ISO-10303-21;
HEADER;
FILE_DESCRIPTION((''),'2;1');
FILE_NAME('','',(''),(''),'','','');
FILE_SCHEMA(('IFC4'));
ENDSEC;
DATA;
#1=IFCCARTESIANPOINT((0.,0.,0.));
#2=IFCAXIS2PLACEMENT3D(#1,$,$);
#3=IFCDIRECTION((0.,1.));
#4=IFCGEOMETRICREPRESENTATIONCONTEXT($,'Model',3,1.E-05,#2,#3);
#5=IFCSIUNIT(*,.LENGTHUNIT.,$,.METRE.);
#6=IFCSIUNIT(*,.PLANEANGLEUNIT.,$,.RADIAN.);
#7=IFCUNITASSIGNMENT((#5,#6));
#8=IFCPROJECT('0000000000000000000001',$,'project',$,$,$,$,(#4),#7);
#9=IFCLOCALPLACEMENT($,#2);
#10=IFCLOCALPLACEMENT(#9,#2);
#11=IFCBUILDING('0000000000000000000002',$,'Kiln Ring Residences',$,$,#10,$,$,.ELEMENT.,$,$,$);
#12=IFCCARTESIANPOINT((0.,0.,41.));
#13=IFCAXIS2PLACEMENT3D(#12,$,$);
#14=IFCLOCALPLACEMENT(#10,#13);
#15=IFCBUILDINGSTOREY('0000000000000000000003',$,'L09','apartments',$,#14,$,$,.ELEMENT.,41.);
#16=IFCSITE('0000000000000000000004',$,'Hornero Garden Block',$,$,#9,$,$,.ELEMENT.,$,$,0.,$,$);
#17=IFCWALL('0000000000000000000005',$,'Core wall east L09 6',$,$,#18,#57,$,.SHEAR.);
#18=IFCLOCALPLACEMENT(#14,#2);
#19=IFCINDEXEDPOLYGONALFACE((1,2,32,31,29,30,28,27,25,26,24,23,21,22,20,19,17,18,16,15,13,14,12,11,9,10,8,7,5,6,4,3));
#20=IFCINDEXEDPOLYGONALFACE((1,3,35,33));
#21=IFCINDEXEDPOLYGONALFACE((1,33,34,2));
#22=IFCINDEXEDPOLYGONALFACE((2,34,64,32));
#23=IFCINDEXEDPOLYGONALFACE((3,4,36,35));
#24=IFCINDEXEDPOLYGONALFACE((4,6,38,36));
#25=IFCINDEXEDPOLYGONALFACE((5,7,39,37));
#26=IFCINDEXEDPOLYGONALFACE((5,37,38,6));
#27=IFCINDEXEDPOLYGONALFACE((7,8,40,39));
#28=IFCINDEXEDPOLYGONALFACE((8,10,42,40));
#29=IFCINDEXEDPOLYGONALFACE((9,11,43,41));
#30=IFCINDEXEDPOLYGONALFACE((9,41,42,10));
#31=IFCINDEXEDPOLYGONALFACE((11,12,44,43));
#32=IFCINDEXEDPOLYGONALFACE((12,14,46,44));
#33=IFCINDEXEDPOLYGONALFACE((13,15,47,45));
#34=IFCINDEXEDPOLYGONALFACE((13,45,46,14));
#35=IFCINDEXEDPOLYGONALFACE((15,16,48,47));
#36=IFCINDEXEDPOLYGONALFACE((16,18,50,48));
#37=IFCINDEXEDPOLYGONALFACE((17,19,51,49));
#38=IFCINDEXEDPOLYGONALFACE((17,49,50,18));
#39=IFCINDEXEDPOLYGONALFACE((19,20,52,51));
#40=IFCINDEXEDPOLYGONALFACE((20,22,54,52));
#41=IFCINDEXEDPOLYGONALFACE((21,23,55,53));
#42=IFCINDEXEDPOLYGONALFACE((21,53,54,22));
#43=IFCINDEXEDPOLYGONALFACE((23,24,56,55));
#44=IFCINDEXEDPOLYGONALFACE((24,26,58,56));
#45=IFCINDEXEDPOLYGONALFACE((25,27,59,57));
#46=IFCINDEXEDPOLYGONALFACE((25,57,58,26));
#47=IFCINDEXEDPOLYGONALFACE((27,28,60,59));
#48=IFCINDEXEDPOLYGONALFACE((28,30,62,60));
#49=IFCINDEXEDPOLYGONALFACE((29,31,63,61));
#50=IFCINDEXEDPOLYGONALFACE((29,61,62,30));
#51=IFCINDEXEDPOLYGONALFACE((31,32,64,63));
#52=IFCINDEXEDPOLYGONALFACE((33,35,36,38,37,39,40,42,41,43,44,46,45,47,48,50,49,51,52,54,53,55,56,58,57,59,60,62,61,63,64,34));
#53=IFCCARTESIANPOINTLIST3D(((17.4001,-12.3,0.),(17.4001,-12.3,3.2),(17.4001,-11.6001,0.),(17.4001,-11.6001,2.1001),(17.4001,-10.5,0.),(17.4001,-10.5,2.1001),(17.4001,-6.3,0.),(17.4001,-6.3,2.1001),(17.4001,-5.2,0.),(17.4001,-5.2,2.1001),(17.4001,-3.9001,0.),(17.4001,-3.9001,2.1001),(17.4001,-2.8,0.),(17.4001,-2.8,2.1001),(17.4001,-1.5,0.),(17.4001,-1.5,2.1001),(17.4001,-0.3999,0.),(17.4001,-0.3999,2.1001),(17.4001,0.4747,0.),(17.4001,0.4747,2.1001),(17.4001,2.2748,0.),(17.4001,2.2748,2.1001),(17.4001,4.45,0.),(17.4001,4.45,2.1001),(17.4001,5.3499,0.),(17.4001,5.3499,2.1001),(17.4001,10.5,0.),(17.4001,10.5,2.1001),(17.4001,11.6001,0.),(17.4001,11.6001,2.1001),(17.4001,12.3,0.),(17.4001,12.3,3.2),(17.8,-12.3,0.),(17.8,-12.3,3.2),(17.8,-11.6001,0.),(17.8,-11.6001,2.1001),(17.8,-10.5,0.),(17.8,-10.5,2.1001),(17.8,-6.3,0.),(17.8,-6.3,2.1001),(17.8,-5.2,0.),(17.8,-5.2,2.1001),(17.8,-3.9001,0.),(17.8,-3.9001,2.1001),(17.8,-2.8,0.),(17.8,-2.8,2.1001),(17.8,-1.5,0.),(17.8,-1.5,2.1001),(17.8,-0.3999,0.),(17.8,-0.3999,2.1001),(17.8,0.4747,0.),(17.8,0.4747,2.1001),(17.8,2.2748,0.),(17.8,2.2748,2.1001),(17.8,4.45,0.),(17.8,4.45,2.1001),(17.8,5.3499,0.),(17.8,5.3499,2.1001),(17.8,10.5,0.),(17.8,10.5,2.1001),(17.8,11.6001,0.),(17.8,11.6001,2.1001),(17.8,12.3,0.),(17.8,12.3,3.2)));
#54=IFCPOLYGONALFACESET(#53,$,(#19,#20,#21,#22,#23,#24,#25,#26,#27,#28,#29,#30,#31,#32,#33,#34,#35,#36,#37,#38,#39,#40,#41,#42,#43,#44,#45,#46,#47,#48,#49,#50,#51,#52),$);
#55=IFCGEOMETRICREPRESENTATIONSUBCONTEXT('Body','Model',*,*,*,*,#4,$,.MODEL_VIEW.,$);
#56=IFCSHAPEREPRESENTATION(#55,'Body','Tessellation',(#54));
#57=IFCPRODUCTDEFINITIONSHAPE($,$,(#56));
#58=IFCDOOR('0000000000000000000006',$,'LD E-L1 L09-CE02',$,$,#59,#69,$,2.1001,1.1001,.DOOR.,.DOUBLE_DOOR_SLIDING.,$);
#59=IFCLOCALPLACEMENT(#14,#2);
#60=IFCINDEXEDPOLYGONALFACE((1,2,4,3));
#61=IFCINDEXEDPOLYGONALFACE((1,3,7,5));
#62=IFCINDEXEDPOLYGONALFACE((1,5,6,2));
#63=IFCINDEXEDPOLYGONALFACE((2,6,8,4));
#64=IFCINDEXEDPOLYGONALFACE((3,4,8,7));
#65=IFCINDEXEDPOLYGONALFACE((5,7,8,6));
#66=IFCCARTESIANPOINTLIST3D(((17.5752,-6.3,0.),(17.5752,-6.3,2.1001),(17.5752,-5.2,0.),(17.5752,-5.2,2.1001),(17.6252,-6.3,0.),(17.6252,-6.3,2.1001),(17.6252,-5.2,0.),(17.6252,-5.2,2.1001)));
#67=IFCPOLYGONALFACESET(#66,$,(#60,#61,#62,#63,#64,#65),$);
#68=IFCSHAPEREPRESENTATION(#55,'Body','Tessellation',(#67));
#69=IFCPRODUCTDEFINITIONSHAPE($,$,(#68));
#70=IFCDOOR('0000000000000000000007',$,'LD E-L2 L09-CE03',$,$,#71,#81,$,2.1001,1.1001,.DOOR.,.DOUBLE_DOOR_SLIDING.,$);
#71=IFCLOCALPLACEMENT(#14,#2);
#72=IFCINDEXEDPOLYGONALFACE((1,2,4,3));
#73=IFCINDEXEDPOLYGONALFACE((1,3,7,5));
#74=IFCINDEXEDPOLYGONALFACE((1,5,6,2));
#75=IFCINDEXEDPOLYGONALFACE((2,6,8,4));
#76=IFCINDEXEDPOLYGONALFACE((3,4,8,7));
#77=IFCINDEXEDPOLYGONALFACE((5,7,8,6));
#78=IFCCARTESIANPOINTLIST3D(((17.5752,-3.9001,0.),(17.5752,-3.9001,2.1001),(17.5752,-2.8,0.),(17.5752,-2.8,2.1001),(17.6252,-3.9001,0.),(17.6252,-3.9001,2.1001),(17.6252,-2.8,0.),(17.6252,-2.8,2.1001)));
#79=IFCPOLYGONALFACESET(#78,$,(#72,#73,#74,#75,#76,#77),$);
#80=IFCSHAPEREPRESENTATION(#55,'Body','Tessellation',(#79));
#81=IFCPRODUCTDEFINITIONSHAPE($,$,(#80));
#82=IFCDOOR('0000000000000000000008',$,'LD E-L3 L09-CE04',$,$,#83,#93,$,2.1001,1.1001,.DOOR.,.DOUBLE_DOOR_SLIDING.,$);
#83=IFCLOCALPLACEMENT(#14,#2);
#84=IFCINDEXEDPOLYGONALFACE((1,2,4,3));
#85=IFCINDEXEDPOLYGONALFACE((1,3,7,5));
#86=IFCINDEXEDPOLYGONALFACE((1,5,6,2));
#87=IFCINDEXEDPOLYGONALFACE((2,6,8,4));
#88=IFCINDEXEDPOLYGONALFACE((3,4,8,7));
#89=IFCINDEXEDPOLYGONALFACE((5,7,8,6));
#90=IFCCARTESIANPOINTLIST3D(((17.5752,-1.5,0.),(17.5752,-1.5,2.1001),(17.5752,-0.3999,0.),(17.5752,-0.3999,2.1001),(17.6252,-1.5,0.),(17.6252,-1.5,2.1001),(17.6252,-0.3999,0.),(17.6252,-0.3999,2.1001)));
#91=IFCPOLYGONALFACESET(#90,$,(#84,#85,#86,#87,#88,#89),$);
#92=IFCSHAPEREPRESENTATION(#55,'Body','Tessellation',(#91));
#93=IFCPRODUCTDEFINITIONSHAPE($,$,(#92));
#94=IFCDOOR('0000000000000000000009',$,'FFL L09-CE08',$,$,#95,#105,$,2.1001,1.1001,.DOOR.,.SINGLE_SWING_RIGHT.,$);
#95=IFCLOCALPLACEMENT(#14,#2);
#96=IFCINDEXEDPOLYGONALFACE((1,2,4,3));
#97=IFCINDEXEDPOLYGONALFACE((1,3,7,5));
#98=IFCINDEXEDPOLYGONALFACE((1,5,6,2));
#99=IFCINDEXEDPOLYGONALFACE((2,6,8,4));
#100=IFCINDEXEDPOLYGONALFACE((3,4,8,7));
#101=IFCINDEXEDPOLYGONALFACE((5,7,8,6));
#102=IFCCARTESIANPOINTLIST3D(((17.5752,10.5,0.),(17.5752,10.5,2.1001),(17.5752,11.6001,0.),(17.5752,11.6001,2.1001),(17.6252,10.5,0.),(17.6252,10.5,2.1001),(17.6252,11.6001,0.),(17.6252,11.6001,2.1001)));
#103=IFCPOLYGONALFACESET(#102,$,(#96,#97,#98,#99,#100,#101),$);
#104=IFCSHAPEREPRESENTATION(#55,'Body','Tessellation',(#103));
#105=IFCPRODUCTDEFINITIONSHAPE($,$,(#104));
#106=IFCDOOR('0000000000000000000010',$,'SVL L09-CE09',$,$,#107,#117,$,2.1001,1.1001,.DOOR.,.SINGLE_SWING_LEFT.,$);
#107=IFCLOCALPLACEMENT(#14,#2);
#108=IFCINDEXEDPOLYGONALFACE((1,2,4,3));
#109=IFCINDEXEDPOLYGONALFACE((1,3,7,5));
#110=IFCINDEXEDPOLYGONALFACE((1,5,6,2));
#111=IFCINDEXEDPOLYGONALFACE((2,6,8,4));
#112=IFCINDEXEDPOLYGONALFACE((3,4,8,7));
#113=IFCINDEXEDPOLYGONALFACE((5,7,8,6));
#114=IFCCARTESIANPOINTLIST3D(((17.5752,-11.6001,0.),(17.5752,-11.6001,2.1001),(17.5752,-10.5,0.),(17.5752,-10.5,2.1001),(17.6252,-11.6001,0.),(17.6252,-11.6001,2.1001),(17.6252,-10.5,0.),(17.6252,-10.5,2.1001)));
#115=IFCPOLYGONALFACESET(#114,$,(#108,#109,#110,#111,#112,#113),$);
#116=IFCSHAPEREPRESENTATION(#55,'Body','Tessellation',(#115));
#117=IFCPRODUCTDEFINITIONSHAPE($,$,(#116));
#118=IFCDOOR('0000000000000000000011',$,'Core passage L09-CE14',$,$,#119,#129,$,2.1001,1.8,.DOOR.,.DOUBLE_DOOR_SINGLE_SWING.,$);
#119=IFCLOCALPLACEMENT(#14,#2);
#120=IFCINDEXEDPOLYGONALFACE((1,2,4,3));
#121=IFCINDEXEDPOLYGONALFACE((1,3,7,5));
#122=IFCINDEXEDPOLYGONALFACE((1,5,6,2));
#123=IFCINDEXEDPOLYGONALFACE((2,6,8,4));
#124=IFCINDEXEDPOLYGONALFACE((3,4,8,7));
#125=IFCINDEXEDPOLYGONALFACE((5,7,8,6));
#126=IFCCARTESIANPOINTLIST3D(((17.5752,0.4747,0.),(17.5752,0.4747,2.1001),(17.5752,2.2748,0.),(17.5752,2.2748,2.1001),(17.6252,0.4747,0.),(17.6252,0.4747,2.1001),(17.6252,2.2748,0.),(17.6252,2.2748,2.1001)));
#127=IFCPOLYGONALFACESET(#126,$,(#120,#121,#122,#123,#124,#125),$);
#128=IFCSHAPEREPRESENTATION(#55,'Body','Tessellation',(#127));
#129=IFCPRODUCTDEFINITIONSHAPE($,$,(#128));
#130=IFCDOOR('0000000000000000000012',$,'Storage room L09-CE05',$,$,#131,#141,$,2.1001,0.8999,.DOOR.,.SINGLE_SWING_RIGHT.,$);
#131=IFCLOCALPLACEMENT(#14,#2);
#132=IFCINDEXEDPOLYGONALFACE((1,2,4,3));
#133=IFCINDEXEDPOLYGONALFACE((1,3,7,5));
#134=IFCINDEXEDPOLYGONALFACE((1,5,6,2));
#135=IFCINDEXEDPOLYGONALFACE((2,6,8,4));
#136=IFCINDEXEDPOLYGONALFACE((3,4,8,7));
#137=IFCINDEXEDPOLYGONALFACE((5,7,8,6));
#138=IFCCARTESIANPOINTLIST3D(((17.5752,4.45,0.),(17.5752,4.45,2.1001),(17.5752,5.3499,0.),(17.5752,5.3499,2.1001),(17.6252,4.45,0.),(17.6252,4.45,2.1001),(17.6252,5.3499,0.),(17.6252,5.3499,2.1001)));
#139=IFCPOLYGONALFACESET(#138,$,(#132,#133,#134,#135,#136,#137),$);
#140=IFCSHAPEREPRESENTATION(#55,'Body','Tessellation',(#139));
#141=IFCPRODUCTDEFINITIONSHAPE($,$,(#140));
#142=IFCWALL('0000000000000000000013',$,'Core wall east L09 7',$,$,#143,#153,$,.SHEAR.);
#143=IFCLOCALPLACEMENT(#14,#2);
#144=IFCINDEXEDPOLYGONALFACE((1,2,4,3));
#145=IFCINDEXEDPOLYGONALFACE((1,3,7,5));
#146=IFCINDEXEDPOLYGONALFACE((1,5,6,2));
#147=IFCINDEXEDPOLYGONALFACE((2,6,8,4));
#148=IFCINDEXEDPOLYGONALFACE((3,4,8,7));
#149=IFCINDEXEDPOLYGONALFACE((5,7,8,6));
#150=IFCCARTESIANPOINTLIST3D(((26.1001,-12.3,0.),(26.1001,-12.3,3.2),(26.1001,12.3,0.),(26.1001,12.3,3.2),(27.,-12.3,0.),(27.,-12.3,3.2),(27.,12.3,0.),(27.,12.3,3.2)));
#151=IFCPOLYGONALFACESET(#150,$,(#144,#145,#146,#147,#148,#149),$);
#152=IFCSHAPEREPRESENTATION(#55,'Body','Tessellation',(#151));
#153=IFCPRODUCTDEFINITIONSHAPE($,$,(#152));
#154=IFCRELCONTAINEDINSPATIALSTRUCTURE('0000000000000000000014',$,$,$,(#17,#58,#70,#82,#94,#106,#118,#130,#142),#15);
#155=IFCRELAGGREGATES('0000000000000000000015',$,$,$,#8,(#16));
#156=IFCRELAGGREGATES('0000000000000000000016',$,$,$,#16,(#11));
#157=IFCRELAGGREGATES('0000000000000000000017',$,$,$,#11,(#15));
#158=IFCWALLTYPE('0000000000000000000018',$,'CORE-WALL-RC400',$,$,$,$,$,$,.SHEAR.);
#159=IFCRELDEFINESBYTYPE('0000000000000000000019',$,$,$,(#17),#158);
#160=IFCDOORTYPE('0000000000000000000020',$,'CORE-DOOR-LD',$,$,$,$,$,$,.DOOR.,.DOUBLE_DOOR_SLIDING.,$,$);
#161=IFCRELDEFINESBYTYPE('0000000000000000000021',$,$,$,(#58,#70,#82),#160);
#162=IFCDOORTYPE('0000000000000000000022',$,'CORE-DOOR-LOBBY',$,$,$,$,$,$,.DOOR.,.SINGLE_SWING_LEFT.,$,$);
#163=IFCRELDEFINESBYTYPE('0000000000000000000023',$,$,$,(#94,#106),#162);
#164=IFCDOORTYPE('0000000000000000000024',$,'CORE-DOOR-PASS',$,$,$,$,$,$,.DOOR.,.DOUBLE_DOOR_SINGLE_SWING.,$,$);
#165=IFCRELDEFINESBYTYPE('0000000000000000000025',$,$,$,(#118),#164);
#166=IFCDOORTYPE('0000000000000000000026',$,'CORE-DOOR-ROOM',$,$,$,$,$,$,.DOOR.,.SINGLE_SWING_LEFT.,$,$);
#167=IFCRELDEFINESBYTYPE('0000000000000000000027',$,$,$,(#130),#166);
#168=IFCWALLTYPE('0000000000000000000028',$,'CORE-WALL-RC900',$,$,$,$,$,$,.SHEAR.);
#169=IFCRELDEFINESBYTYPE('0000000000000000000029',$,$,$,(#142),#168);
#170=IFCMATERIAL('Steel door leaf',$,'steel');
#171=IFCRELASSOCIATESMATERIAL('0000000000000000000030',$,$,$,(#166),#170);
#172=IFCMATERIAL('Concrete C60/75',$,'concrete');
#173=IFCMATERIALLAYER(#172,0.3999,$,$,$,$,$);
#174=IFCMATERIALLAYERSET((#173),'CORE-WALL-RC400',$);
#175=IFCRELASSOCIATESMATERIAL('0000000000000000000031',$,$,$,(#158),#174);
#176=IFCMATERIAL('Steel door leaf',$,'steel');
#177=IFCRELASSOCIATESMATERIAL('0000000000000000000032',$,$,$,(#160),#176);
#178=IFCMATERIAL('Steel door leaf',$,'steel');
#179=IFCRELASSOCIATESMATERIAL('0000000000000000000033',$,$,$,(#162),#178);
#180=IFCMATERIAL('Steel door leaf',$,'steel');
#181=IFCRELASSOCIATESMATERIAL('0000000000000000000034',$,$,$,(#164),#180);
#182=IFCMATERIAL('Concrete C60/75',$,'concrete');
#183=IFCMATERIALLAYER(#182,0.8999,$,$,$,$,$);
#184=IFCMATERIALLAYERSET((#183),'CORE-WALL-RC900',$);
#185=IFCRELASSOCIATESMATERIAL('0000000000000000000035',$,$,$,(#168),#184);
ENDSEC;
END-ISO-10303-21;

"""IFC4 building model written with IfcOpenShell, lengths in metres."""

from ifc_helpers import new_model, si_unit, direction, frame, frame_2d, origin, place, context, subcontext, project, spatial, rectangle, extrude, material, layer, layer_set, type_object, element, fill, save


model = new_model("IFC4")

# Units and contexts
model_context = context("Model", 3, precision=1e-05, world=origin(), true_north=direction((0.0, 1.0)))
body_context = subcontext(model_context, "Body", "Model", "MODEL_VIEW")
ifc_project = project(units=[si_unit("LENGTHUNIT", "METRE"), si_unit("PLANEANGLEUNIT", "RADIAN")], contexts=[model_context])

# Site, building, storey
site_placement = place(None, origin())
site = spatial("IfcSite", under=ifc_project, at=site_placement, Name="Hornero Garden Block", CompositionType="ELEMENT", RefElevation=0.0)
building_placement = place(site_placement, origin())
building = spatial("IfcBuilding", under=site, at=building_placement, Name="Kiln Ring Residences", CompositionType="ELEMENT")
storey_placement = place(building_placement, frame((0.0, 0.0, 41.0)))
storey = spatial("IfcBuildingStorey", under=building, at=storey_placement, Name="L09", Description="apartments", CompositionType="ELEMENT", Elevation=41.0)

# Shared definitions
ifc_material_1 = material(Name="Steel door leaf", Category="steel")
door_type_1 = type_object("IfcDoorType", Name="CORE-DOOR-ROOM", OperationType="SINGLE_SWING_LEFT", PredefinedType="DOOR", material=ifc_material_1)

# Wall, openings, doors
ifc_material_2 = material(Name="Concrete C60/75", Category="concrete")
ifc_layer_1 = layer(ifc_material_2, 0.3999)
ifc_layer_set_1 = layer_set([ifc_layer_1], Name="CORE-WALL-RC400")
wall_type_1 = type_object("IfcWallType", Name="CORE-WALL-RC400", PredefinedType="SHEAR", material=ifc_layer_set_1)
wall_1_placement = place(storey_placement, frame((17.6001, -12.3, 0.0), z_axis=(0.0, 0.0, 1.0), x_axis=(0.0, 1.0, 0.0)))
wall_1 = element("IfcWall", 1, at=wall_1_placement, inside=storey, type_object=wall_type_1, Name="Core wall east L09 6", PredefinedType="SHEAR", context=body_context, shape_type="SweptSolid", body=[
    extrude(rectangle(XDim=24.6001, YDim=0.3999, at=frame_2d((12.3, 0.0))), origin(), (0.0, 0.0, 1.0), 3.2),
])
opening_1_placement = place(wall_1_placement, frame((6.0, 0.0, 0.0)))
opening_1 = element("IfcOpeningElement", 2, at=opening_1_placement, cuts=wall_1, PredefinedType="OPENING", context=body_context, shape_type="SweptSolid", body=[
    extrude(rectangle(XDim=1.1001, YDim=2.1001, at=frame_2d((0.55, 1.05))), frame((0.0, 0.21, 0.0), z_axis=(0.0, -1.0, 0.0), x_axis=(1.0, 0.0, 0.0)), (0.0, 0.0, 1.0), 0.4199),
])
opening_2_placement = place(wall_1_placement, frame((8.3999, 0.0, 0.0)))
opening_2 = element("IfcOpeningElement", 3, at=opening_2_placement, cuts=wall_1, PredefinedType="OPENING", context=body_context, shape_type="SweptSolid", body=[
    extrude(rectangle(XDim=1.1001, YDim=2.1001, at=frame_2d((0.55, 1.05))), frame((0.0, 0.21, 0.0), z_axis=(0.0, -1.0, 0.0), x_axis=(1.0, 0.0, 0.0)), (0.0, 0.0, 1.0), 0.4199),
])
opening_3_placement = place(wall_1_placement, frame((10.8, 0.0, 0.0)))
opening_3 = element("IfcOpeningElement", 4, at=opening_3_placement, cuts=wall_1, PredefinedType="OPENING", context=body_context, shape_type="SweptSolid", body=[
    extrude(rectangle(XDim=1.1001, YDim=2.1001, at=frame_2d((0.55, 1.05))), frame((0.0, 0.21, 0.0), z_axis=(0.0, -1.0, 0.0), x_axis=(1.0, 0.0, 0.0)), (0.0, 0.0, 1.0), 0.4199),
])
opening_4_placement = place(wall_1_placement, frame((16.75, 0.0, 0.0)))
opening_4 = element("IfcOpeningElement", 5, at=opening_4_placement, cuts=wall_1, PredefinedType="OPENING", context=body_context, shape_type="SweptSolid", body=[
    extrude(rectangle(XDim=0.8999, YDim=2.1001, at=frame_2d((0.45, 1.05))), frame((0.0, 0.21, 0.0), z_axis=(0.0, -1.0, 0.0), x_axis=(1.0, 0.0, 0.0)), (0.0, 0.0, 1.0), 0.4199),
])
opening_5_placement = place(wall_1_placement, frame((22.8, 0.0, 0.0)))
opening_5 = element("IfcOpeningElement", 6, at=opening_5_placement, cuts=wall_1, PredefinedType="OPENING", context=body_context, shape_type="SweptSolid", body=[
    extrude(rectangle(XDim=1.1001, YDim=2.1001, at=frame_2d((0.55, 1.05))), frame((0.0, 0.21, 0.0), z_axis=(0.0, -1.0, 0.0), x_axis=(1.0, 0.0, 0.0)), (0.0, 0.0, 1.0), 0.4199),
])
opening_6_placement = place(wall_1_placement, frame((0.7, 0.0, 0.0)))
opening_6 = element("IfcOpeningElement", 7, at=opening_6_placement, cuts=wall_1, PredefinedType="OPENING", context=body_context, shape_type="SweptSolid", body=[
    extrude(rectangle(XDim=1.1001, YDim=2.1001, at=frame_2d((0.55, 1.05))), frame((0.0, 0.21, 0.0), z_axis=(0.0, -1.0, 0.0), x_axis=(1.0, 0.0, 0.0)), (0.0, 0.0, 1.0), 0.4199),
])
opening_7_placement = place(wall_1_placement, frame((12.7749, 0.0, 0.0)))
opening_7 = element("IfcOpeningElement", 8, at=opening_7_placement, cuts=wall_1, PredefinedType="OPENING", context=body_context, shape_type="SweptSolid", body=[
    extrude(rectangle(XDim=1.8, YDim=2.1001, at=frame_2d((0.8999, 1.05))), frame((0.0, 0.21, 0.0), z_axis=(0.0, -1.0, 0.0), x_axis=(1.0, 0.0, 0.0)), (0.0, 0.0, 1.0), 0.4199),
])
ifc_material_3 = material(Name="Steel door leaf", Category="steel")
door_type_2 = type_object("IfcDoorType", Name="CORE-DOOR-LD", OperationType="DOUBLE_DOOR_SLIDING", PredefinedType="DOOR", material=ifc_material_3)
door_1_placement = place(opening_1_placement, origin())
door_1 = element("IfcDoor", 9, at=door_1_placement, inside=storey, type_object=door_type_2, Name="LD E-L1 L09-CE02", OperationType="DOUBLE_DOOR_SLIDING", OverallHeight=2.1001, OverallWidth=1.1001, PredefinedType="DOOR", context=body_context, shape_type="SweptSolid", body=[
    extrude(rectangle(XDim=1.1001, YDim=2.1001, at=frame_2d((0.55, 1.05))), frame((0.0, 0.0249, 0.0), z_axis=(0.0, -1.0, 0.0), x_axis=(1.0, 0.0, 0.0)), (0.0, 0.0, 1.0), 0.05),
])
fill(opening_1, door_1)
door_2_placement = place(opening_2_placement, origin())
door_2 = element("IfcDoor", 10, at=door_2_placement, inside=storey, type_object=door_type_2, Name="LD E-L2 L09-CE03", OperationType="DOUBLE_DOOR_SLIDING", OverallHeight=2.1001, OverallWidth=1.1001, PredefinedType="DOOR", context=body_context, shape_type="SweptSolid", body=[
    extrude(rectangle(XDim=1.1001, YDim=2.1001, at=frame_2d((0.55, 1.05))), frame((0.0, 0.0249, 0.0), z_axis=(0.0, -1.0, 0.0), x_axis=(1.0, 0.0, 0.0)), (0.0, 0.0, 1.0), 0.05),
])
fill(opening_2, door_2)
door_3_placement = place(opening_3_placement, origin())
door_3 = element("IfcDoor", 11, at=door_3_placement, inside=storey, type_object=door_type_2, Name="LD E-L3 L09-CE04", OperationType="DOUBLE_DOOR_SLIDING", OverallHeight=2.1001, OverallWidth=1.1001, PredefinedType="DOOR", context=body_context, shape_type="SweptSolid", body=[
    extrude(rectangle(XDim=1.1001, YDim=2.1001, at=frame_2d((0.55, 1.05))), frame((0.0, 0.0249, 0.0), z_axis=(0.0, -1.0, 0.0), x_axis=(1.0, 0.0, 0.0)), (0.0, 0.0, 1.0), 0.05),
])
fill(opening_3, door_3)
ifc_material_4 = material(Name="Steel door leaf", Category="steel")
door_type_3 = type_object("IfcDoorType", Name="CORE-DOOR-LOBBY", OperationType="SINGLE_SWING_LEFT", PredefinedType="DOOR", material=ifc_material_4)
door_4_placement = place(opening_5_placement, origin())
door_4 = element("IfcDoor", 12, at=door_4_placement, inside=storey, type_object=door_type_3, Name="FFL L09-CE08", OperationType="SINGLE_SWING_RIGHT", OverallHeight=2.1001, OverallWidth=1.1001, PredefinedType="DOOR", context=body_context, shape_type="SweptSolid", body=[
    extrude(rectangle(XDim=1.1001, YDim=2.1001, at=frame_2d((0.55, 1.05))), frame((0.0, 0.0249, 0.0), z_axis=(0.0, -1.0, 0.0), x_axis=(1.0, 0.0, 0.0)), (0.0, 0.0, 1.0), 0.05),
])
fill(opening_5, door_4)
door_5_placement = place(opening_6_placement, origin())
door_5 = element("IfcDoor", 13, at=door_5_placement, inside=storey, type_object=door_type_3, Name="SVL L09-CE09", OperationType="SINGLE_SWING_LEFT", OverallHeight=2.1001, OverallWidth=1.1001, PredefinedType="DOOR", context=body_context, shape_type="SweptSolid", body=[
    extrude(rectangle(XDim=1.1001, YDim=2.1001, at=frame_2d((0.55, 1.05))), frame((0.0, 0.0249, 0.0), z_axis=(0.0, -1.0, 0.0), x_axis=(1.0, 0.0, 0.0)), (0.0, 0.0, 1.0), 0.05),
])
fill(opening_6, door_5)
ifc_material_5 = material(Name="Steel door leaf", Category="steel")
door_type_4 = type_object("IfcDoorType", Name="CORE-DOOR-PASS", OperationType="DOUBLE_DOOR_SINGLE_SWING", PredefinedType="DOOR", material=ifc_material_5)
door_6_placement = place(opening_7_placement, origin())
door_6 = element("IfcDoor", 14, at=door_6_placement, inside=storey, type_object=door_type_4, Name="Core passage L09-CE14", OperationType="DOUBLE_DOOR_SINGLE_SWING", OverallHeight=2.1001, OverallWidth=1.8, PredefinedType="DOOR", context=body_context, shape_type="SweptSolid", body=[
    extrude(rectangle(XDim=1.8, YDim=2.1001, at=frame_2d((0.8999, 1.05))), frame((0.0, 0.0249, 0.0), z_axis=(0.0, -1.0, 0.0), x_axis=(1.0, 0.0, 0.0)), (0.0, 0.0, 1.0), 0.05),
])
fill(opening_7, door_6)
door_7_placement = place(opening_4_placement, origin())
door_7 = element("IfcDoor", 15, at=door_7_placement, inside=storey, type_object=door_type_1, Name="Storage room L09-CE05", OperationType="SINGLE_SWING_RIGHT", OverallHeight=2.1001, OverallWidth=0.8999, PredefinedType="DOOR", context=body_context, shape_type="SweptSolid", body=[
    extrude(rectangle(XDim=0.8999, YDim=2.1001, at=frame_2d((0.45, 1.05))), frame((0.0, 0.0249, 0.0), z_axis=(0.0, -1.0, 0.0), x_axis=(1.0, 0.0, 0.0)), (0.0, 0.0, 1.0), 0.05),
])
fill(opening_4, door_7)

# Wall
ifc_material_6 = material(Name="Concrete C60/75", Category="concrete")
ifc_layer_2 = layer(ifc_material_6, 0.8999)
ifc_layer_set_2 = layer_set([ifc_layer_2], Name="CORE-WALL-RC900")
wall_type_2 = type_object("IfcWallType", Name="CORE-WALL-RC900", PredefinedType="SHEAR", material=ifc_layer_set_2)
wall_2_placement = place(storey_placement, frame((26.55, -12.3, 0.0), z_axis=(0.0, 0.0, 1.0), x_axis=(0.0, 1.0, 0.0)))
element("IfcWall", 16, at=wall_2_placement, inside=storey, type_object=wall_type_2, Name="Core wall east L09 7", PredefinedType="SHEAR", context=body_context, shape_type="SweptSolid", body=[
    extrude(rectangle(XDim=24.6001, YDim=0.8999, at=frame_2d((12.3, 0.0))), origin(), (0.0, 0.0, 1.0), 3.2),
])

save(model, "model.ifc")
